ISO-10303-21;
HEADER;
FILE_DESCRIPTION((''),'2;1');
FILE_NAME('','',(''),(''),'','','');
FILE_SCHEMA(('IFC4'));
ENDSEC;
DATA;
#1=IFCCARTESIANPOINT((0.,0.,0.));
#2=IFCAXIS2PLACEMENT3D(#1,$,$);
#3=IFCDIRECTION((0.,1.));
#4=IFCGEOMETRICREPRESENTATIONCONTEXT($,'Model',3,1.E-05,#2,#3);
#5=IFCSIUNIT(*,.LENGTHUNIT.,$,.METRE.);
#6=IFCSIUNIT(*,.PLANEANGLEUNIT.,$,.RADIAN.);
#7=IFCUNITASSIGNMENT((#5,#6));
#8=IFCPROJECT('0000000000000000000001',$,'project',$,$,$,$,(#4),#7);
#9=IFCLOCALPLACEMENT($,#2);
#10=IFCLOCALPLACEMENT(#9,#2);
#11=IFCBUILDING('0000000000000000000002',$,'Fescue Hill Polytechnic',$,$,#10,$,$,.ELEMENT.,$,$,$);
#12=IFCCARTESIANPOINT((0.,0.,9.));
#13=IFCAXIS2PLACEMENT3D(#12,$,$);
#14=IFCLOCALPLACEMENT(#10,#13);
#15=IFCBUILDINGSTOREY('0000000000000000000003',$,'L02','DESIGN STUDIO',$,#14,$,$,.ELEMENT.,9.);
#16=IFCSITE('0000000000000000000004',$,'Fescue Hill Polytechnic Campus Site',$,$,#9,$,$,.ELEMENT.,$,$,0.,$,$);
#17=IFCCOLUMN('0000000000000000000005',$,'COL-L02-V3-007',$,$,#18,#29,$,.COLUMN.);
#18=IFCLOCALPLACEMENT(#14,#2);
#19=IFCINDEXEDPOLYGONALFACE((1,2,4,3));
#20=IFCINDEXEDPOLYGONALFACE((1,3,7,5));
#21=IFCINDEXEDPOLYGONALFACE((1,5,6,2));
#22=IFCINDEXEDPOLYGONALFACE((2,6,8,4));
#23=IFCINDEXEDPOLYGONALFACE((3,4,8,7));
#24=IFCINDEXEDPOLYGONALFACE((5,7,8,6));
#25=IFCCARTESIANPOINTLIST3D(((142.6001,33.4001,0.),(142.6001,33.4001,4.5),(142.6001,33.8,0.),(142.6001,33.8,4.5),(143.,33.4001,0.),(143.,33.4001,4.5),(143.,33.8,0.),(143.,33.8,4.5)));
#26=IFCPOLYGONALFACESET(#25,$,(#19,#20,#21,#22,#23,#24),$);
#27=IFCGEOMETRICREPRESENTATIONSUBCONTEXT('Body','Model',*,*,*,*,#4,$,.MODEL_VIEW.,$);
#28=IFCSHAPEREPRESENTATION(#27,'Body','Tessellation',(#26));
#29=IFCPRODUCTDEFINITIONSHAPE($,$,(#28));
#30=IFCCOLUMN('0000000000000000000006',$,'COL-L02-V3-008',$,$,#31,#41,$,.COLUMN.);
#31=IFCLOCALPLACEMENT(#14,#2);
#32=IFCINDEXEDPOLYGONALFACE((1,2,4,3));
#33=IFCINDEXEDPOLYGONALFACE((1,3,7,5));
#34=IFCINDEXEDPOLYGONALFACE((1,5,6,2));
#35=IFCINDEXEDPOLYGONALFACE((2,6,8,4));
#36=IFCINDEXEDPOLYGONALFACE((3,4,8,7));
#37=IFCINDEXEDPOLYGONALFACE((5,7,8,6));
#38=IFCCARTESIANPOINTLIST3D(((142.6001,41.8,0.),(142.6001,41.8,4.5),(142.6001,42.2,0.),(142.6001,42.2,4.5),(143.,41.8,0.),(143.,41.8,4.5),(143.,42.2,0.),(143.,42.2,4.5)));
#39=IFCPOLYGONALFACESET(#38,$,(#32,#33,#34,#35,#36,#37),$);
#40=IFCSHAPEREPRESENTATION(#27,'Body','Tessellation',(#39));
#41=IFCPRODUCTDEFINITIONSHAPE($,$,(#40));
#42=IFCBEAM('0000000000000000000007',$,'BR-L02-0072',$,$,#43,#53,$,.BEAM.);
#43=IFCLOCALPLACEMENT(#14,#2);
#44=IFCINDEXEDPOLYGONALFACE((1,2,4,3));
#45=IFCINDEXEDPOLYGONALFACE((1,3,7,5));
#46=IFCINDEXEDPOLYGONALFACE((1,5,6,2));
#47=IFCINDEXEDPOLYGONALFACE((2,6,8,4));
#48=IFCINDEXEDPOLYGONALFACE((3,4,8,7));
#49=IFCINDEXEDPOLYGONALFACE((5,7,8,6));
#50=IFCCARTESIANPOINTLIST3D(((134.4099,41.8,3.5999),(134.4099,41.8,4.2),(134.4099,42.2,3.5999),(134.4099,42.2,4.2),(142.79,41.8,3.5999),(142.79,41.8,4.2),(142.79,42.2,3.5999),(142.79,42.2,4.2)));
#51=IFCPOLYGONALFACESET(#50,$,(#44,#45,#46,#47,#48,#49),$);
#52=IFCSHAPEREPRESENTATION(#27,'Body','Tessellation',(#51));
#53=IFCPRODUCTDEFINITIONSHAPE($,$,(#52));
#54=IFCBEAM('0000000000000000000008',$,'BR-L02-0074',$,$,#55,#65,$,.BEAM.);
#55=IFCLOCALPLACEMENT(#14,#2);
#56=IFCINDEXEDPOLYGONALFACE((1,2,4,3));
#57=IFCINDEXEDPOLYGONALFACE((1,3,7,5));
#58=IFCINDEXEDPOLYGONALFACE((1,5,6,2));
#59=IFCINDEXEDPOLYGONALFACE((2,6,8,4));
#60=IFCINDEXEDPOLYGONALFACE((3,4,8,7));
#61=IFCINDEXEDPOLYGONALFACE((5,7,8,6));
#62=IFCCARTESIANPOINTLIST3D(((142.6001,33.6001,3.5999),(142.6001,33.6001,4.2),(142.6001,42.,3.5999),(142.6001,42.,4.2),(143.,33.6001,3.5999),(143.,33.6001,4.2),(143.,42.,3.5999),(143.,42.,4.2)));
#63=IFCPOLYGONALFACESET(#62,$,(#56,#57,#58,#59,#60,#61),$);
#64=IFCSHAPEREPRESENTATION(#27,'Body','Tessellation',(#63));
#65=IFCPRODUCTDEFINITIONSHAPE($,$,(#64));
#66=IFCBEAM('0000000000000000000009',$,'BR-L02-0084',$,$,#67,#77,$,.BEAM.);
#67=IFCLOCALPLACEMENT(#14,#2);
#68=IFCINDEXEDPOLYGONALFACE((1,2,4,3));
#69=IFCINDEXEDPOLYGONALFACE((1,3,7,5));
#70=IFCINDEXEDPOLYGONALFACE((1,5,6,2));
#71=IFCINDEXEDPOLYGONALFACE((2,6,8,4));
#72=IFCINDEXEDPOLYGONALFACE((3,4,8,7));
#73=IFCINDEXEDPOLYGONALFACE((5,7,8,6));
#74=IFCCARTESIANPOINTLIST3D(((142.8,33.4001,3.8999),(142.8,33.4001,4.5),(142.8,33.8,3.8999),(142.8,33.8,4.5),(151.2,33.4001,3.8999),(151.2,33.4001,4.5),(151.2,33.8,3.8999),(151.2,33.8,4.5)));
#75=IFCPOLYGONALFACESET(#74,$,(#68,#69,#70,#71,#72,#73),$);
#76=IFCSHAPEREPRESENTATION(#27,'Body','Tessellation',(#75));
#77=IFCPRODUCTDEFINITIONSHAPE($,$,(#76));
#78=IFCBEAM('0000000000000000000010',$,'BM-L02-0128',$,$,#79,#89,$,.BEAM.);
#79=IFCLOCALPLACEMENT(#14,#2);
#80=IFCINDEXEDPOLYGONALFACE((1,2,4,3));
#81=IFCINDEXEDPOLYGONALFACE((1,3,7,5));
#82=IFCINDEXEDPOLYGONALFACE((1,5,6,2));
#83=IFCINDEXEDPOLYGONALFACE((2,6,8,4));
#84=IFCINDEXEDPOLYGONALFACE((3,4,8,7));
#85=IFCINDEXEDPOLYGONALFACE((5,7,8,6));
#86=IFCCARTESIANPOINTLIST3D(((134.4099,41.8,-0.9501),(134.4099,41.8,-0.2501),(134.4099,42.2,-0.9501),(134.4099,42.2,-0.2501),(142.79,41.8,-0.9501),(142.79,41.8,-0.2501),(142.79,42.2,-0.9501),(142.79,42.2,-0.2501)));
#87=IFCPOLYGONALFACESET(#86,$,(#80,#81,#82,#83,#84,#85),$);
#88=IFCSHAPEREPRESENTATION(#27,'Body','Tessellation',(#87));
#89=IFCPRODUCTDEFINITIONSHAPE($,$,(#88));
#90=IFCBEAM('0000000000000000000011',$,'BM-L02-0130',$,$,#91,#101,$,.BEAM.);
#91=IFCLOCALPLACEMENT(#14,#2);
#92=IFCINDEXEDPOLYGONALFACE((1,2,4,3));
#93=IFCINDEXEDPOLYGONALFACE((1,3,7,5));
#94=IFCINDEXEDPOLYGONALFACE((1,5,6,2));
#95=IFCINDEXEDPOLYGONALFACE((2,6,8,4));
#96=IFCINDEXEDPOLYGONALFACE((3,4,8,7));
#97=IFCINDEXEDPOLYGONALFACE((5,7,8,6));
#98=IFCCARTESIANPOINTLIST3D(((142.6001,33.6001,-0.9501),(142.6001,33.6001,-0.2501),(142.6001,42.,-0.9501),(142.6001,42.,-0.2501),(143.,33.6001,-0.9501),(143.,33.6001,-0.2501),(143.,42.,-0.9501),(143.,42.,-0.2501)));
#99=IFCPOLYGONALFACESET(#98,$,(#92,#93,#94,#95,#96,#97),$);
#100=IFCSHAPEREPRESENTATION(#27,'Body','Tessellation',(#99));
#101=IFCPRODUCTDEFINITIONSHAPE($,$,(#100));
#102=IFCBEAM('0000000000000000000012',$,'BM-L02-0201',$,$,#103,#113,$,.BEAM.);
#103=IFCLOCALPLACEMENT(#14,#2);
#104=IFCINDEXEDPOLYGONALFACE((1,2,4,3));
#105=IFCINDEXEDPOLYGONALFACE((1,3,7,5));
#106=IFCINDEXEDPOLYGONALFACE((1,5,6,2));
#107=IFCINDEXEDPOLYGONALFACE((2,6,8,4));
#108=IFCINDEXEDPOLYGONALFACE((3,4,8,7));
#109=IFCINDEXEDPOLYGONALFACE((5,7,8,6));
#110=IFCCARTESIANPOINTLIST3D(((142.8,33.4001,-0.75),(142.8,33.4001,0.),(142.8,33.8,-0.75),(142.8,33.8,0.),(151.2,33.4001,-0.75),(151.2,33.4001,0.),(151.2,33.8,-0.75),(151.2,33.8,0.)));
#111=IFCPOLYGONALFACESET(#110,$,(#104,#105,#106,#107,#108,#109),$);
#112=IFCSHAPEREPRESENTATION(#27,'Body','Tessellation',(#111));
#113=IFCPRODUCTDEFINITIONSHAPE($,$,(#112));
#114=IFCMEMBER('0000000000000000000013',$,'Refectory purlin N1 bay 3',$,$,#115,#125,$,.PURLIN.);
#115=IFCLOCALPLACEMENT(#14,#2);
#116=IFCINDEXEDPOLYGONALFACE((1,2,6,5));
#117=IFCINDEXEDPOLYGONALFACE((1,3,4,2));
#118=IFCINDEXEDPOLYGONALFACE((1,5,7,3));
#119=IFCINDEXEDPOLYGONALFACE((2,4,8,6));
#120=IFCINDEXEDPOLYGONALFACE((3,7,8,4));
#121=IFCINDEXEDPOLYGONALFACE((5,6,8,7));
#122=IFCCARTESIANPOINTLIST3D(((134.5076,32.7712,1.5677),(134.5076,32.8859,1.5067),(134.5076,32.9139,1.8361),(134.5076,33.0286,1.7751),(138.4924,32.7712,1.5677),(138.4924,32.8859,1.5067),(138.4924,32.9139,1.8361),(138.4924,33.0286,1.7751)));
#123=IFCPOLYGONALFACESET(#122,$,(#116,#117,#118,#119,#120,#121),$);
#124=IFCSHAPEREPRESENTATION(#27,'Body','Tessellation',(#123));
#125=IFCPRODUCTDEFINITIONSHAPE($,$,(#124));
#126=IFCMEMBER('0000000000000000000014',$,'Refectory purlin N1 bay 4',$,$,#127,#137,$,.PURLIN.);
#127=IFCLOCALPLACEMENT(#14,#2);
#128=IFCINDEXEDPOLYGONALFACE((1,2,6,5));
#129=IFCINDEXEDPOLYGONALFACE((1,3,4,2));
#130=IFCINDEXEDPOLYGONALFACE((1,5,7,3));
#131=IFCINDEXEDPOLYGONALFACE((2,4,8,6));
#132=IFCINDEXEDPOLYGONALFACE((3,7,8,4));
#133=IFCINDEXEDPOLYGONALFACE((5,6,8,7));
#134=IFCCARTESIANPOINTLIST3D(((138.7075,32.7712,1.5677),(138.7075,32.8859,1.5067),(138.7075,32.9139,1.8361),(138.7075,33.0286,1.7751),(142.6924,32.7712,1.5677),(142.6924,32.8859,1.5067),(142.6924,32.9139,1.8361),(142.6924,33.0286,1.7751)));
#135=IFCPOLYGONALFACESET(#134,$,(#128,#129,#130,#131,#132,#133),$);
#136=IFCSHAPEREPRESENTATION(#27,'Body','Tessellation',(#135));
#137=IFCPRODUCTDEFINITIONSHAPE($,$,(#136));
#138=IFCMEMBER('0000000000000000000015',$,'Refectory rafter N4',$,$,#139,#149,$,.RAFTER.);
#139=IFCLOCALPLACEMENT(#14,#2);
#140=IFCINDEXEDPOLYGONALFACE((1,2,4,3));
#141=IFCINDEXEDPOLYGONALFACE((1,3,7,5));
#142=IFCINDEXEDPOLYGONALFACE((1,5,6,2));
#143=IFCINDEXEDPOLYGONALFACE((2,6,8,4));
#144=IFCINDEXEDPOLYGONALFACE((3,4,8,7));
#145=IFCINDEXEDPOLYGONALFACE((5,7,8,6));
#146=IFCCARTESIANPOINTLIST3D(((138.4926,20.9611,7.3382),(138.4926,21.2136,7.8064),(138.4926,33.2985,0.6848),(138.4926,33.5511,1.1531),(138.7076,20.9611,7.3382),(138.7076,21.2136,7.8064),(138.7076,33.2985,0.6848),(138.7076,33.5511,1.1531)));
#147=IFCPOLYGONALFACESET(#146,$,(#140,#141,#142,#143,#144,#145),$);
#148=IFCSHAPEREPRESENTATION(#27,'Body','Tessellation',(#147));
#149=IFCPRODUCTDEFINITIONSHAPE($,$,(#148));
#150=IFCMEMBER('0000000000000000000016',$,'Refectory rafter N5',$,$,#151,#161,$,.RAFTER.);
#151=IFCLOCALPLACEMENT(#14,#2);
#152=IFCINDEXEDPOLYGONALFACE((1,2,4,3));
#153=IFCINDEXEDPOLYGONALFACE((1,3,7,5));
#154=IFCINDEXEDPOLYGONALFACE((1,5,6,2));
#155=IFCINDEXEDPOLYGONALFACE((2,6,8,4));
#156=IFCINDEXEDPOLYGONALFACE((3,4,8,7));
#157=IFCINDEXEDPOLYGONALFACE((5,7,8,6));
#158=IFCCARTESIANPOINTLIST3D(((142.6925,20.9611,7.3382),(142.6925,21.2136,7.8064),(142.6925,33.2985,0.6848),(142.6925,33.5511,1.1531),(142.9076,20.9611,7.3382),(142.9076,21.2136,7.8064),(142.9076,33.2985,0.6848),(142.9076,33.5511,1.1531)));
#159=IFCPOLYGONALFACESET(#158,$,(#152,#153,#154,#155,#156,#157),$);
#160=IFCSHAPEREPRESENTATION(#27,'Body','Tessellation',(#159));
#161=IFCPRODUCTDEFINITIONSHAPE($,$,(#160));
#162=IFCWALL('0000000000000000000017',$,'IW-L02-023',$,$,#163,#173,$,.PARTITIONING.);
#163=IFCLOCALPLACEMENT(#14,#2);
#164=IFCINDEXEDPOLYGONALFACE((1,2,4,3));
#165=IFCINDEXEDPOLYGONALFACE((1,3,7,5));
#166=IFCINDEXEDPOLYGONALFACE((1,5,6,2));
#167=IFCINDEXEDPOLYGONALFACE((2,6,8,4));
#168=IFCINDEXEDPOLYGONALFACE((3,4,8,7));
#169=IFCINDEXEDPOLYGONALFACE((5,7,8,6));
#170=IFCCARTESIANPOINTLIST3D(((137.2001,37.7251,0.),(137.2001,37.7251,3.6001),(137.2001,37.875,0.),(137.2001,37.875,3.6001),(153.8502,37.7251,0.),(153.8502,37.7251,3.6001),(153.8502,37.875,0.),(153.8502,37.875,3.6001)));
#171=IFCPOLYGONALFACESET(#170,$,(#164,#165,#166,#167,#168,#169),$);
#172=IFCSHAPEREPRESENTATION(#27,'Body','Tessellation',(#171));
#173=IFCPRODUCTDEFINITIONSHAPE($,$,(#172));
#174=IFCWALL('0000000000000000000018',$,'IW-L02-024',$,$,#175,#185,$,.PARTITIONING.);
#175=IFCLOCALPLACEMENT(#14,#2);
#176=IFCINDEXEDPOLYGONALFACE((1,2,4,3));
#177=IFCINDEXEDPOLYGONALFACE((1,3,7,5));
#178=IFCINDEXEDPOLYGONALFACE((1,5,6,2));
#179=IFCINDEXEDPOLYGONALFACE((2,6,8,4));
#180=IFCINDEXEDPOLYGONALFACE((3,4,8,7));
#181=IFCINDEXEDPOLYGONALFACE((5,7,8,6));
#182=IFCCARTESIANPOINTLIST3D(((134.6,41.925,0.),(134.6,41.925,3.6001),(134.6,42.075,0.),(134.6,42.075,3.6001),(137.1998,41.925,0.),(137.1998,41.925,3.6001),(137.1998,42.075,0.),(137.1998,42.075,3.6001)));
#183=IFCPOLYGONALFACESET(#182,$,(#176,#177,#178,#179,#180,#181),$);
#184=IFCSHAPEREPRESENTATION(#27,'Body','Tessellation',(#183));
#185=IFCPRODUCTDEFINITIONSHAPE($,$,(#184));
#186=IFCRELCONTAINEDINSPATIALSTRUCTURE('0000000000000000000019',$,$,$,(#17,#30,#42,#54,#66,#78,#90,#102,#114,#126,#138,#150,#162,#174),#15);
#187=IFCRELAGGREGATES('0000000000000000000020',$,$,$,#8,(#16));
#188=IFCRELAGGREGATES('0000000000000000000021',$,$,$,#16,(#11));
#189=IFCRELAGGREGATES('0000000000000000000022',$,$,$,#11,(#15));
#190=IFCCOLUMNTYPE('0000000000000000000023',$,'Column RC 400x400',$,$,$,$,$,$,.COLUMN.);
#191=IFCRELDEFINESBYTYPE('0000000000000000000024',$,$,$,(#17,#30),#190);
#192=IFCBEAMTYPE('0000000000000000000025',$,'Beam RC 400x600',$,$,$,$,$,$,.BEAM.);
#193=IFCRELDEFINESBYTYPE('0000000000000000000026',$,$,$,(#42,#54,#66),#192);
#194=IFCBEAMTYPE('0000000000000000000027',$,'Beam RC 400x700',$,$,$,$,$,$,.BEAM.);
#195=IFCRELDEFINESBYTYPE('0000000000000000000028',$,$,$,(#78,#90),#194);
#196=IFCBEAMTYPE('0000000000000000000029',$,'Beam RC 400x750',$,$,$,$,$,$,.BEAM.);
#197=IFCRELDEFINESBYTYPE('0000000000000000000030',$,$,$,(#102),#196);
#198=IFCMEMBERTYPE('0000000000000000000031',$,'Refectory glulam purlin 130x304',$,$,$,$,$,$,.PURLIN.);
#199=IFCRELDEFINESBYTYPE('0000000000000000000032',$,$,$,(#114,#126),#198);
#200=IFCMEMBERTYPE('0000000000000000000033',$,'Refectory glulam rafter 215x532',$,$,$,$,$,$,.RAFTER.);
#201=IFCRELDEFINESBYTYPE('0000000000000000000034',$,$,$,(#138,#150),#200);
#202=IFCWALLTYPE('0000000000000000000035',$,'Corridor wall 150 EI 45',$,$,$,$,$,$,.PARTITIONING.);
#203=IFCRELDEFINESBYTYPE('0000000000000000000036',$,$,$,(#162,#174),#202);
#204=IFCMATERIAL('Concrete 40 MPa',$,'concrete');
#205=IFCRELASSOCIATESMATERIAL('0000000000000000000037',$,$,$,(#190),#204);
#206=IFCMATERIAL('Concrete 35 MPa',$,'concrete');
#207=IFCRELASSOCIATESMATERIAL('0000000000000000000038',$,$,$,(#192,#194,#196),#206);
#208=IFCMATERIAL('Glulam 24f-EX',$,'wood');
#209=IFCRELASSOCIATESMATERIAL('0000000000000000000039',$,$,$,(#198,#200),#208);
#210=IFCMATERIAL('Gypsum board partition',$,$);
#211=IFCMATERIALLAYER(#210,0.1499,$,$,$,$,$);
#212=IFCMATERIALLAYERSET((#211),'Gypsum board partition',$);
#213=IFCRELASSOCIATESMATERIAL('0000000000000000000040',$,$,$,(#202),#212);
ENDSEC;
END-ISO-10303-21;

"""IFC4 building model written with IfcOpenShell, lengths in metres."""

from ifc_helpers import new_model, si_unit, direction, frame, frame_2d, origin, origin_2d, place, context, subcontext, project, spatial, rectangle, extrude, material, layer, layer_set, material_profile, profile_set, type_object, element, save


model = new_model("IFC4")

# Units and contexts
model_context = context("Model", 3, precision=1e-05, world=origin(), true_north=direction((0.0, 1.0)))
body_context = subcontext(model_context, "Body", "Model", "MODEL_VIEW")
ifc_project = project(units=[si_unit("LENGTHUNIT", "METRE"), si_unit("PLANEANGLEUNIT", "RADIAN")], contexts=[model_context])

# Site, building, storey
site_placement = place(None, origin())
site = spatial("IfcSite", under=ifc_project, at=site_placement, Name="Fescue Hill Polytechnic Campus Site", CompositionType="ELEMENT", RefElevation=0.0)
building_placement = place(site_placement, origin())
building = spatial("IfcBuilding", under=site, at=building_placement, Name="Fescue Hill Polytechnic", CompositionType="ELEMENT")
storey_placement = place(building_placement, frame((0.0, 0.0, 9.0)))
storey = spatial("IfcBuildingStorey", under=building, at=storey_placement, Name="L02", Description="DESIGN STUDIO", CompositionType="ELEMENT", Elevation=9.0)

# Columns
ifc_material_1 = material(Name="Concrete 40 MPa", Category="concrete")
ifc_material_profile_1 = material_profile(ifc_material_1, rectangle(XDim=0.3999, YDim=0.3999, at=origin_2d()), Name="RC 400x400")
ifc_profile_set_1 = profile_set([ifc_material_profile_1], Name="Concrete 40 MPa")
column_type = type_object("IfcColumnType", Name="Column RC 400x400", PredefinedType="COLUMN", material=ifc_profile_set_1)
for number, where, z_axis, x_axis, name in (
    (1, (142.8, 33.6001, 0.0), (0.0, 0.0, 1.0), (1.0, 0.0, 0.0), "COL-L02-V3-007"),
    (2, (142.8, 42.0, 0.0), (0.0, 0.0, 1.0), (1.0, 0.0, 0.0), "COL-L02-V3-008"),
):
    element("IfcColumn", number, at=place(storey_placement, frame(where, z_axis=z_axis, x_axis=x_axis)), inside=storey, type_object=column_type, Name=name, PredefinedType="COLUMN", context=body_context, shape_type="SweptSolid", body=[
        extrude(rectangle(XDim=0.3999, YDim=0.3999, at=origin_2d()), origin(), (0.0, 0.0, 1.0), 4.5),
    ])

# Beams
ifc_material_2 = material(Name="Concrete 35 MPa", Category="concrete")
ifc_material_profile_2 = material_profile(ifc_material_2, rectangle(XDim=0.3999, YDim=0.6001, at=origin_2d()), Name="RC 400x600")
ifc_profile_set_2 = profile_set([ifc_material_profile_2], Name="Concrete 35 MPa")
beam_type_1 = type_object("IfcBeamType", Name="Beam RC 400x600", PredefinedType="BEAM", material=ifc_profile_set_2)
beam_1_placement = place(storey_placement, frame((134.4099, 42.0, 3.8999), z_axis=(1.0, 0.0, 0.0), x_axis=(0.0, 1.0, 0.0)))
element("IfcBeam", 3, at=beam_1_placement, inside=storey, type_object=beam_type_1, Name="BR-L02-0072", PredefinedType="BEAM", context=body_context, shape_type="SweptSolid", body=[
    extrude(rectangle(XDim=0.3999, YDim=0.6001, at=origin_2d()), origin(), (0.0, 0.0, 1.0), 8.3801),
])
for number, where, z_axis, x_axis, name in (
    (4, (142.8, 33.6001, 3.8999), (0.0, 1.0, 0.0), (-1.0, 0.0, 0.0), "BR-L02-0074"),
    (5, (142.8, 33.6001, 4.2), (1.0, 0.0, 0.0), (0.0, 1.0, 0.0), "BR-L02-0084"),
):
    element("IfcBeam", number, at=place(storey_placement, frame(where, z_axis=z_axis, x_axis=x_axis)), inside=storey, type_object=beam_type_1, Name=name, PredefinedType="BEAM", context=body_context, shape_type="SweptSolid", body=[
        extrude(rectangle(XDim=0.3999, YDim=0.6001, at=origin_2d()), origin(), (0.0, 0.0, 1.0), 8.3999),
    ])
ifc_material_profile_3 = material_profile(ifc_material_2, rectangle(XDim=0.3999, YDim=0.7, at=origin_2d()), Name="RC 400x700")
ifc_profile_set_3 = profile_set([ifc_material_profile_3], Name="Concrete 35 MPa")
beam_type_2 = type_object("IfcBeamType", Name="Beam RC 400x700", PredefinedType="BEAM", material=ifc_profile_set_3)
beam_2_placement = place(storey_placement, frame((134.4099, 42.0, -0.6001), z_axis=(1.0, 0.0, 0.0), x_axis=(0.0, 1.0, 0.0)))
element("IfcBeam", 6, at=beam_2_placement, inside=storey, type_object=beam_type_2, Name="BM-L02-0128", PredefinedType="BEAM", context=body_context, shape_type="SweptSolid", body=[
    extrude(rectangle(XDim=0.3999, YDim=0.7, at=origin_2d()), origin(), (0.0, 0.0, 1.0), 8.3801),
])
beam_3_placement = place(storey_placement, frame((142.8, 33.6001, -0.6001), z_axis=(0.0, 1.0, 0.0), x_axis=(-1.0, 0.0, 0.0)))
element("IfcBeam", 7, at=beam_3_placement, inside=storey, type_object=beam_type_2, Name="BM-L02-0130", PredefinedType="BEAM", context=body_context, shape_type="SweptSolid", body=[
    extrude(rectangle(XDim=0.3999, YDim=0.7, at=origin_2d()), origin(), (0.0, 0.0, 1.0), 8.3999),
])
ifc_material_profile_4 = material_profile(ifc_material_2, rectangle(XDim=0.3999, YDim=0.75, at=origin_2d()), Name="RC 400x750")
ifc_profile_set_4 = profile_set([ifc_material_profile_4], Name="Concrete 35 MPa")
beam_type_3 = type_object("IfcBeamType", Name="Beam RC 400x750", PredefinedType="BEAM", material=ifc_profile_set_4)
beam_4_placement = place(storey_placement, frame((142.8, 33.6001, -0.375), z_axis=(1.0, 0.0, 0.0), x_axis=(0.0, 1.0, 0.0)))
element("IfcBeam", 8, at=beam_4_placement, inside=storey, type_object=beam_type_3, Name="BM-L02-0201", PredefinedType="BEAM", context=body_context, shape_type="SweptSolid", body=[
    extrude(rectangle(XDim=0.3999, YDim=0.75, at=origin_2d()), origin(), (0.0, 0.0, 1.0), 8.3999),
])

# Members
ifc_material_3 = material(Name="Glulam 24f-EX", Category="wood")
ifc_material_profile_5 = material_profile(ifc_material_3, rectangle(XDim=0.1299, YDim=0.304, at=origin_2d()), Name="Refectory glulam purlin 130x304")
ifc_profile_set_5 = profile_set([ifc_material_profile_5], Name="Glulam 24f-EX")
member_type_1 = type_object("IfcMemberType", Name="Refectory glulam purlin 130x304", PredefinedType="PURLIN", material=ifc_profile_set_5)
for number, where, z_axis, x_axis, name in (
    (9, (134.5076, 32.8999, 1.6714), (1.0, 0.0, 0.0), (0.0, 0.882934, -0.469497), "Refectory purlin N1 bay 3"),
    (10, (138.7075, 32.8999, 1.6714), (1.0, 0.0, 0.0), (0.0, 0.882934, -0.469497), "Refectory purlin N1 bay 4"),
):
    element("IfcMember", number, at=place(storey_placement, frame(where, z_axis=z_axis, x_axis=x_axis)), inside=storey, type_object=member_type_1, Name=name, PredefinedType="PURLIN", context=body_context, shape_type="SweptSolid", body=[
        extrude(rectangle(XDim=0.1299, YDim=0.304, at=origin_2d()), origin(), (0.0, 0.0, 1.0), 3.9849),
    ])
ifc_material_profile_6 = material_profile(ifc_material_3, rectangle(XDim=0.2151, YDim=0.532, at=origin_2d()), Name="Refectory glulam rafter 215x532")
ifc_profile_set_6 = profile_set([ifc_material_profile_6], Name="Glulam 24f-EX")
member_type_2 = type_object("IfcMemberType", Name="Refectory glulam rafter 215x532", PredefinedType="RAFTER", material=ifc_profile_set_6)
for number, where, z_axis, x_axis, name in (
    (11, (138.6001, 33.4248, 0.9189), (0.0, -0.88017, 0.474659), (1.0, 0.0, 0.0), "Refectory rafter N4"),
    (12, (142.8, 33.4248, 0.9189), (0.0, -0.88017, 0.474659), (1.0, 0.0, 0.0), "Refectory rafter N5"),
):
    element("IfcMember", number, at=place(storey_placement, frame(where, z_axis=z_axis, x_axis=x_axis)), inside=storey, type_object=member_type_2, Name=name, PredefinedType="RAFTER", context=body_context, shape_type="SweptSolid", body=[
        extrude(rectangle(XDim=0.2151, YDim=0.532, at=origin_2d()), origin(), (0.0, 0.0, 1.0), 14.0171),
    ])

# Walls
ifc_material_4 = material(Name="Gypsum board partition")
ifc_layer_1 = layer(ifc_material_4, 0.1499)
ifc_layer_set_1 = layer_set([ifc_layer_1], Name="Gypsum board partition")
wall_type_1 = type_object("IfcWallType", Name="Corridor wall 150 EI 45", PredefinedType="PARTITIONING", material=ifc_layer_set_1)
wall_1_placement = place(storey_placement, frame((137.2, 37.8, 0.0), z_axis=(0.0, 0.0, 1.0), x_axis=(1.0, 0.0, 0.0)))
element("IfcWall", 13, at=wall_1_placement, inside=storey, type_object=wall_type_1, Name="IW-L02-023", PredefinedType="PARTITIONING", context=body_context, shape_type="SweptSolid", body=[
    extrude(rectangle(XDim=16.6501, YDim=0.1499, at=frame_2d((8.3252, 0.0))), origin(), (0.0, 0.0, 1.0), 3.6001),
])
wall_2_placement = place(storey_placement, frame((134.6001, 42.0, 0.0), z_axis=(0.0, 0.0, 1.0), x_axis=(1.0, 0.0, 0.0)))
element("IfcWall", 14, at=wall_2_placement, inside=storey, type_object=wall_type_1, Name="IW-L02-024", PredefinedType="PARTITIONING", context=body_context, shape_type="SweptSolid", body=[
    extrude(rectangle(XDim=2.5999, YDim=0.1499, at=frame_2d((1.2998, 0.0))), origin(), (0.0, 0.0, 1.0), 3.6001),
])

save(model, "model.ifc")
